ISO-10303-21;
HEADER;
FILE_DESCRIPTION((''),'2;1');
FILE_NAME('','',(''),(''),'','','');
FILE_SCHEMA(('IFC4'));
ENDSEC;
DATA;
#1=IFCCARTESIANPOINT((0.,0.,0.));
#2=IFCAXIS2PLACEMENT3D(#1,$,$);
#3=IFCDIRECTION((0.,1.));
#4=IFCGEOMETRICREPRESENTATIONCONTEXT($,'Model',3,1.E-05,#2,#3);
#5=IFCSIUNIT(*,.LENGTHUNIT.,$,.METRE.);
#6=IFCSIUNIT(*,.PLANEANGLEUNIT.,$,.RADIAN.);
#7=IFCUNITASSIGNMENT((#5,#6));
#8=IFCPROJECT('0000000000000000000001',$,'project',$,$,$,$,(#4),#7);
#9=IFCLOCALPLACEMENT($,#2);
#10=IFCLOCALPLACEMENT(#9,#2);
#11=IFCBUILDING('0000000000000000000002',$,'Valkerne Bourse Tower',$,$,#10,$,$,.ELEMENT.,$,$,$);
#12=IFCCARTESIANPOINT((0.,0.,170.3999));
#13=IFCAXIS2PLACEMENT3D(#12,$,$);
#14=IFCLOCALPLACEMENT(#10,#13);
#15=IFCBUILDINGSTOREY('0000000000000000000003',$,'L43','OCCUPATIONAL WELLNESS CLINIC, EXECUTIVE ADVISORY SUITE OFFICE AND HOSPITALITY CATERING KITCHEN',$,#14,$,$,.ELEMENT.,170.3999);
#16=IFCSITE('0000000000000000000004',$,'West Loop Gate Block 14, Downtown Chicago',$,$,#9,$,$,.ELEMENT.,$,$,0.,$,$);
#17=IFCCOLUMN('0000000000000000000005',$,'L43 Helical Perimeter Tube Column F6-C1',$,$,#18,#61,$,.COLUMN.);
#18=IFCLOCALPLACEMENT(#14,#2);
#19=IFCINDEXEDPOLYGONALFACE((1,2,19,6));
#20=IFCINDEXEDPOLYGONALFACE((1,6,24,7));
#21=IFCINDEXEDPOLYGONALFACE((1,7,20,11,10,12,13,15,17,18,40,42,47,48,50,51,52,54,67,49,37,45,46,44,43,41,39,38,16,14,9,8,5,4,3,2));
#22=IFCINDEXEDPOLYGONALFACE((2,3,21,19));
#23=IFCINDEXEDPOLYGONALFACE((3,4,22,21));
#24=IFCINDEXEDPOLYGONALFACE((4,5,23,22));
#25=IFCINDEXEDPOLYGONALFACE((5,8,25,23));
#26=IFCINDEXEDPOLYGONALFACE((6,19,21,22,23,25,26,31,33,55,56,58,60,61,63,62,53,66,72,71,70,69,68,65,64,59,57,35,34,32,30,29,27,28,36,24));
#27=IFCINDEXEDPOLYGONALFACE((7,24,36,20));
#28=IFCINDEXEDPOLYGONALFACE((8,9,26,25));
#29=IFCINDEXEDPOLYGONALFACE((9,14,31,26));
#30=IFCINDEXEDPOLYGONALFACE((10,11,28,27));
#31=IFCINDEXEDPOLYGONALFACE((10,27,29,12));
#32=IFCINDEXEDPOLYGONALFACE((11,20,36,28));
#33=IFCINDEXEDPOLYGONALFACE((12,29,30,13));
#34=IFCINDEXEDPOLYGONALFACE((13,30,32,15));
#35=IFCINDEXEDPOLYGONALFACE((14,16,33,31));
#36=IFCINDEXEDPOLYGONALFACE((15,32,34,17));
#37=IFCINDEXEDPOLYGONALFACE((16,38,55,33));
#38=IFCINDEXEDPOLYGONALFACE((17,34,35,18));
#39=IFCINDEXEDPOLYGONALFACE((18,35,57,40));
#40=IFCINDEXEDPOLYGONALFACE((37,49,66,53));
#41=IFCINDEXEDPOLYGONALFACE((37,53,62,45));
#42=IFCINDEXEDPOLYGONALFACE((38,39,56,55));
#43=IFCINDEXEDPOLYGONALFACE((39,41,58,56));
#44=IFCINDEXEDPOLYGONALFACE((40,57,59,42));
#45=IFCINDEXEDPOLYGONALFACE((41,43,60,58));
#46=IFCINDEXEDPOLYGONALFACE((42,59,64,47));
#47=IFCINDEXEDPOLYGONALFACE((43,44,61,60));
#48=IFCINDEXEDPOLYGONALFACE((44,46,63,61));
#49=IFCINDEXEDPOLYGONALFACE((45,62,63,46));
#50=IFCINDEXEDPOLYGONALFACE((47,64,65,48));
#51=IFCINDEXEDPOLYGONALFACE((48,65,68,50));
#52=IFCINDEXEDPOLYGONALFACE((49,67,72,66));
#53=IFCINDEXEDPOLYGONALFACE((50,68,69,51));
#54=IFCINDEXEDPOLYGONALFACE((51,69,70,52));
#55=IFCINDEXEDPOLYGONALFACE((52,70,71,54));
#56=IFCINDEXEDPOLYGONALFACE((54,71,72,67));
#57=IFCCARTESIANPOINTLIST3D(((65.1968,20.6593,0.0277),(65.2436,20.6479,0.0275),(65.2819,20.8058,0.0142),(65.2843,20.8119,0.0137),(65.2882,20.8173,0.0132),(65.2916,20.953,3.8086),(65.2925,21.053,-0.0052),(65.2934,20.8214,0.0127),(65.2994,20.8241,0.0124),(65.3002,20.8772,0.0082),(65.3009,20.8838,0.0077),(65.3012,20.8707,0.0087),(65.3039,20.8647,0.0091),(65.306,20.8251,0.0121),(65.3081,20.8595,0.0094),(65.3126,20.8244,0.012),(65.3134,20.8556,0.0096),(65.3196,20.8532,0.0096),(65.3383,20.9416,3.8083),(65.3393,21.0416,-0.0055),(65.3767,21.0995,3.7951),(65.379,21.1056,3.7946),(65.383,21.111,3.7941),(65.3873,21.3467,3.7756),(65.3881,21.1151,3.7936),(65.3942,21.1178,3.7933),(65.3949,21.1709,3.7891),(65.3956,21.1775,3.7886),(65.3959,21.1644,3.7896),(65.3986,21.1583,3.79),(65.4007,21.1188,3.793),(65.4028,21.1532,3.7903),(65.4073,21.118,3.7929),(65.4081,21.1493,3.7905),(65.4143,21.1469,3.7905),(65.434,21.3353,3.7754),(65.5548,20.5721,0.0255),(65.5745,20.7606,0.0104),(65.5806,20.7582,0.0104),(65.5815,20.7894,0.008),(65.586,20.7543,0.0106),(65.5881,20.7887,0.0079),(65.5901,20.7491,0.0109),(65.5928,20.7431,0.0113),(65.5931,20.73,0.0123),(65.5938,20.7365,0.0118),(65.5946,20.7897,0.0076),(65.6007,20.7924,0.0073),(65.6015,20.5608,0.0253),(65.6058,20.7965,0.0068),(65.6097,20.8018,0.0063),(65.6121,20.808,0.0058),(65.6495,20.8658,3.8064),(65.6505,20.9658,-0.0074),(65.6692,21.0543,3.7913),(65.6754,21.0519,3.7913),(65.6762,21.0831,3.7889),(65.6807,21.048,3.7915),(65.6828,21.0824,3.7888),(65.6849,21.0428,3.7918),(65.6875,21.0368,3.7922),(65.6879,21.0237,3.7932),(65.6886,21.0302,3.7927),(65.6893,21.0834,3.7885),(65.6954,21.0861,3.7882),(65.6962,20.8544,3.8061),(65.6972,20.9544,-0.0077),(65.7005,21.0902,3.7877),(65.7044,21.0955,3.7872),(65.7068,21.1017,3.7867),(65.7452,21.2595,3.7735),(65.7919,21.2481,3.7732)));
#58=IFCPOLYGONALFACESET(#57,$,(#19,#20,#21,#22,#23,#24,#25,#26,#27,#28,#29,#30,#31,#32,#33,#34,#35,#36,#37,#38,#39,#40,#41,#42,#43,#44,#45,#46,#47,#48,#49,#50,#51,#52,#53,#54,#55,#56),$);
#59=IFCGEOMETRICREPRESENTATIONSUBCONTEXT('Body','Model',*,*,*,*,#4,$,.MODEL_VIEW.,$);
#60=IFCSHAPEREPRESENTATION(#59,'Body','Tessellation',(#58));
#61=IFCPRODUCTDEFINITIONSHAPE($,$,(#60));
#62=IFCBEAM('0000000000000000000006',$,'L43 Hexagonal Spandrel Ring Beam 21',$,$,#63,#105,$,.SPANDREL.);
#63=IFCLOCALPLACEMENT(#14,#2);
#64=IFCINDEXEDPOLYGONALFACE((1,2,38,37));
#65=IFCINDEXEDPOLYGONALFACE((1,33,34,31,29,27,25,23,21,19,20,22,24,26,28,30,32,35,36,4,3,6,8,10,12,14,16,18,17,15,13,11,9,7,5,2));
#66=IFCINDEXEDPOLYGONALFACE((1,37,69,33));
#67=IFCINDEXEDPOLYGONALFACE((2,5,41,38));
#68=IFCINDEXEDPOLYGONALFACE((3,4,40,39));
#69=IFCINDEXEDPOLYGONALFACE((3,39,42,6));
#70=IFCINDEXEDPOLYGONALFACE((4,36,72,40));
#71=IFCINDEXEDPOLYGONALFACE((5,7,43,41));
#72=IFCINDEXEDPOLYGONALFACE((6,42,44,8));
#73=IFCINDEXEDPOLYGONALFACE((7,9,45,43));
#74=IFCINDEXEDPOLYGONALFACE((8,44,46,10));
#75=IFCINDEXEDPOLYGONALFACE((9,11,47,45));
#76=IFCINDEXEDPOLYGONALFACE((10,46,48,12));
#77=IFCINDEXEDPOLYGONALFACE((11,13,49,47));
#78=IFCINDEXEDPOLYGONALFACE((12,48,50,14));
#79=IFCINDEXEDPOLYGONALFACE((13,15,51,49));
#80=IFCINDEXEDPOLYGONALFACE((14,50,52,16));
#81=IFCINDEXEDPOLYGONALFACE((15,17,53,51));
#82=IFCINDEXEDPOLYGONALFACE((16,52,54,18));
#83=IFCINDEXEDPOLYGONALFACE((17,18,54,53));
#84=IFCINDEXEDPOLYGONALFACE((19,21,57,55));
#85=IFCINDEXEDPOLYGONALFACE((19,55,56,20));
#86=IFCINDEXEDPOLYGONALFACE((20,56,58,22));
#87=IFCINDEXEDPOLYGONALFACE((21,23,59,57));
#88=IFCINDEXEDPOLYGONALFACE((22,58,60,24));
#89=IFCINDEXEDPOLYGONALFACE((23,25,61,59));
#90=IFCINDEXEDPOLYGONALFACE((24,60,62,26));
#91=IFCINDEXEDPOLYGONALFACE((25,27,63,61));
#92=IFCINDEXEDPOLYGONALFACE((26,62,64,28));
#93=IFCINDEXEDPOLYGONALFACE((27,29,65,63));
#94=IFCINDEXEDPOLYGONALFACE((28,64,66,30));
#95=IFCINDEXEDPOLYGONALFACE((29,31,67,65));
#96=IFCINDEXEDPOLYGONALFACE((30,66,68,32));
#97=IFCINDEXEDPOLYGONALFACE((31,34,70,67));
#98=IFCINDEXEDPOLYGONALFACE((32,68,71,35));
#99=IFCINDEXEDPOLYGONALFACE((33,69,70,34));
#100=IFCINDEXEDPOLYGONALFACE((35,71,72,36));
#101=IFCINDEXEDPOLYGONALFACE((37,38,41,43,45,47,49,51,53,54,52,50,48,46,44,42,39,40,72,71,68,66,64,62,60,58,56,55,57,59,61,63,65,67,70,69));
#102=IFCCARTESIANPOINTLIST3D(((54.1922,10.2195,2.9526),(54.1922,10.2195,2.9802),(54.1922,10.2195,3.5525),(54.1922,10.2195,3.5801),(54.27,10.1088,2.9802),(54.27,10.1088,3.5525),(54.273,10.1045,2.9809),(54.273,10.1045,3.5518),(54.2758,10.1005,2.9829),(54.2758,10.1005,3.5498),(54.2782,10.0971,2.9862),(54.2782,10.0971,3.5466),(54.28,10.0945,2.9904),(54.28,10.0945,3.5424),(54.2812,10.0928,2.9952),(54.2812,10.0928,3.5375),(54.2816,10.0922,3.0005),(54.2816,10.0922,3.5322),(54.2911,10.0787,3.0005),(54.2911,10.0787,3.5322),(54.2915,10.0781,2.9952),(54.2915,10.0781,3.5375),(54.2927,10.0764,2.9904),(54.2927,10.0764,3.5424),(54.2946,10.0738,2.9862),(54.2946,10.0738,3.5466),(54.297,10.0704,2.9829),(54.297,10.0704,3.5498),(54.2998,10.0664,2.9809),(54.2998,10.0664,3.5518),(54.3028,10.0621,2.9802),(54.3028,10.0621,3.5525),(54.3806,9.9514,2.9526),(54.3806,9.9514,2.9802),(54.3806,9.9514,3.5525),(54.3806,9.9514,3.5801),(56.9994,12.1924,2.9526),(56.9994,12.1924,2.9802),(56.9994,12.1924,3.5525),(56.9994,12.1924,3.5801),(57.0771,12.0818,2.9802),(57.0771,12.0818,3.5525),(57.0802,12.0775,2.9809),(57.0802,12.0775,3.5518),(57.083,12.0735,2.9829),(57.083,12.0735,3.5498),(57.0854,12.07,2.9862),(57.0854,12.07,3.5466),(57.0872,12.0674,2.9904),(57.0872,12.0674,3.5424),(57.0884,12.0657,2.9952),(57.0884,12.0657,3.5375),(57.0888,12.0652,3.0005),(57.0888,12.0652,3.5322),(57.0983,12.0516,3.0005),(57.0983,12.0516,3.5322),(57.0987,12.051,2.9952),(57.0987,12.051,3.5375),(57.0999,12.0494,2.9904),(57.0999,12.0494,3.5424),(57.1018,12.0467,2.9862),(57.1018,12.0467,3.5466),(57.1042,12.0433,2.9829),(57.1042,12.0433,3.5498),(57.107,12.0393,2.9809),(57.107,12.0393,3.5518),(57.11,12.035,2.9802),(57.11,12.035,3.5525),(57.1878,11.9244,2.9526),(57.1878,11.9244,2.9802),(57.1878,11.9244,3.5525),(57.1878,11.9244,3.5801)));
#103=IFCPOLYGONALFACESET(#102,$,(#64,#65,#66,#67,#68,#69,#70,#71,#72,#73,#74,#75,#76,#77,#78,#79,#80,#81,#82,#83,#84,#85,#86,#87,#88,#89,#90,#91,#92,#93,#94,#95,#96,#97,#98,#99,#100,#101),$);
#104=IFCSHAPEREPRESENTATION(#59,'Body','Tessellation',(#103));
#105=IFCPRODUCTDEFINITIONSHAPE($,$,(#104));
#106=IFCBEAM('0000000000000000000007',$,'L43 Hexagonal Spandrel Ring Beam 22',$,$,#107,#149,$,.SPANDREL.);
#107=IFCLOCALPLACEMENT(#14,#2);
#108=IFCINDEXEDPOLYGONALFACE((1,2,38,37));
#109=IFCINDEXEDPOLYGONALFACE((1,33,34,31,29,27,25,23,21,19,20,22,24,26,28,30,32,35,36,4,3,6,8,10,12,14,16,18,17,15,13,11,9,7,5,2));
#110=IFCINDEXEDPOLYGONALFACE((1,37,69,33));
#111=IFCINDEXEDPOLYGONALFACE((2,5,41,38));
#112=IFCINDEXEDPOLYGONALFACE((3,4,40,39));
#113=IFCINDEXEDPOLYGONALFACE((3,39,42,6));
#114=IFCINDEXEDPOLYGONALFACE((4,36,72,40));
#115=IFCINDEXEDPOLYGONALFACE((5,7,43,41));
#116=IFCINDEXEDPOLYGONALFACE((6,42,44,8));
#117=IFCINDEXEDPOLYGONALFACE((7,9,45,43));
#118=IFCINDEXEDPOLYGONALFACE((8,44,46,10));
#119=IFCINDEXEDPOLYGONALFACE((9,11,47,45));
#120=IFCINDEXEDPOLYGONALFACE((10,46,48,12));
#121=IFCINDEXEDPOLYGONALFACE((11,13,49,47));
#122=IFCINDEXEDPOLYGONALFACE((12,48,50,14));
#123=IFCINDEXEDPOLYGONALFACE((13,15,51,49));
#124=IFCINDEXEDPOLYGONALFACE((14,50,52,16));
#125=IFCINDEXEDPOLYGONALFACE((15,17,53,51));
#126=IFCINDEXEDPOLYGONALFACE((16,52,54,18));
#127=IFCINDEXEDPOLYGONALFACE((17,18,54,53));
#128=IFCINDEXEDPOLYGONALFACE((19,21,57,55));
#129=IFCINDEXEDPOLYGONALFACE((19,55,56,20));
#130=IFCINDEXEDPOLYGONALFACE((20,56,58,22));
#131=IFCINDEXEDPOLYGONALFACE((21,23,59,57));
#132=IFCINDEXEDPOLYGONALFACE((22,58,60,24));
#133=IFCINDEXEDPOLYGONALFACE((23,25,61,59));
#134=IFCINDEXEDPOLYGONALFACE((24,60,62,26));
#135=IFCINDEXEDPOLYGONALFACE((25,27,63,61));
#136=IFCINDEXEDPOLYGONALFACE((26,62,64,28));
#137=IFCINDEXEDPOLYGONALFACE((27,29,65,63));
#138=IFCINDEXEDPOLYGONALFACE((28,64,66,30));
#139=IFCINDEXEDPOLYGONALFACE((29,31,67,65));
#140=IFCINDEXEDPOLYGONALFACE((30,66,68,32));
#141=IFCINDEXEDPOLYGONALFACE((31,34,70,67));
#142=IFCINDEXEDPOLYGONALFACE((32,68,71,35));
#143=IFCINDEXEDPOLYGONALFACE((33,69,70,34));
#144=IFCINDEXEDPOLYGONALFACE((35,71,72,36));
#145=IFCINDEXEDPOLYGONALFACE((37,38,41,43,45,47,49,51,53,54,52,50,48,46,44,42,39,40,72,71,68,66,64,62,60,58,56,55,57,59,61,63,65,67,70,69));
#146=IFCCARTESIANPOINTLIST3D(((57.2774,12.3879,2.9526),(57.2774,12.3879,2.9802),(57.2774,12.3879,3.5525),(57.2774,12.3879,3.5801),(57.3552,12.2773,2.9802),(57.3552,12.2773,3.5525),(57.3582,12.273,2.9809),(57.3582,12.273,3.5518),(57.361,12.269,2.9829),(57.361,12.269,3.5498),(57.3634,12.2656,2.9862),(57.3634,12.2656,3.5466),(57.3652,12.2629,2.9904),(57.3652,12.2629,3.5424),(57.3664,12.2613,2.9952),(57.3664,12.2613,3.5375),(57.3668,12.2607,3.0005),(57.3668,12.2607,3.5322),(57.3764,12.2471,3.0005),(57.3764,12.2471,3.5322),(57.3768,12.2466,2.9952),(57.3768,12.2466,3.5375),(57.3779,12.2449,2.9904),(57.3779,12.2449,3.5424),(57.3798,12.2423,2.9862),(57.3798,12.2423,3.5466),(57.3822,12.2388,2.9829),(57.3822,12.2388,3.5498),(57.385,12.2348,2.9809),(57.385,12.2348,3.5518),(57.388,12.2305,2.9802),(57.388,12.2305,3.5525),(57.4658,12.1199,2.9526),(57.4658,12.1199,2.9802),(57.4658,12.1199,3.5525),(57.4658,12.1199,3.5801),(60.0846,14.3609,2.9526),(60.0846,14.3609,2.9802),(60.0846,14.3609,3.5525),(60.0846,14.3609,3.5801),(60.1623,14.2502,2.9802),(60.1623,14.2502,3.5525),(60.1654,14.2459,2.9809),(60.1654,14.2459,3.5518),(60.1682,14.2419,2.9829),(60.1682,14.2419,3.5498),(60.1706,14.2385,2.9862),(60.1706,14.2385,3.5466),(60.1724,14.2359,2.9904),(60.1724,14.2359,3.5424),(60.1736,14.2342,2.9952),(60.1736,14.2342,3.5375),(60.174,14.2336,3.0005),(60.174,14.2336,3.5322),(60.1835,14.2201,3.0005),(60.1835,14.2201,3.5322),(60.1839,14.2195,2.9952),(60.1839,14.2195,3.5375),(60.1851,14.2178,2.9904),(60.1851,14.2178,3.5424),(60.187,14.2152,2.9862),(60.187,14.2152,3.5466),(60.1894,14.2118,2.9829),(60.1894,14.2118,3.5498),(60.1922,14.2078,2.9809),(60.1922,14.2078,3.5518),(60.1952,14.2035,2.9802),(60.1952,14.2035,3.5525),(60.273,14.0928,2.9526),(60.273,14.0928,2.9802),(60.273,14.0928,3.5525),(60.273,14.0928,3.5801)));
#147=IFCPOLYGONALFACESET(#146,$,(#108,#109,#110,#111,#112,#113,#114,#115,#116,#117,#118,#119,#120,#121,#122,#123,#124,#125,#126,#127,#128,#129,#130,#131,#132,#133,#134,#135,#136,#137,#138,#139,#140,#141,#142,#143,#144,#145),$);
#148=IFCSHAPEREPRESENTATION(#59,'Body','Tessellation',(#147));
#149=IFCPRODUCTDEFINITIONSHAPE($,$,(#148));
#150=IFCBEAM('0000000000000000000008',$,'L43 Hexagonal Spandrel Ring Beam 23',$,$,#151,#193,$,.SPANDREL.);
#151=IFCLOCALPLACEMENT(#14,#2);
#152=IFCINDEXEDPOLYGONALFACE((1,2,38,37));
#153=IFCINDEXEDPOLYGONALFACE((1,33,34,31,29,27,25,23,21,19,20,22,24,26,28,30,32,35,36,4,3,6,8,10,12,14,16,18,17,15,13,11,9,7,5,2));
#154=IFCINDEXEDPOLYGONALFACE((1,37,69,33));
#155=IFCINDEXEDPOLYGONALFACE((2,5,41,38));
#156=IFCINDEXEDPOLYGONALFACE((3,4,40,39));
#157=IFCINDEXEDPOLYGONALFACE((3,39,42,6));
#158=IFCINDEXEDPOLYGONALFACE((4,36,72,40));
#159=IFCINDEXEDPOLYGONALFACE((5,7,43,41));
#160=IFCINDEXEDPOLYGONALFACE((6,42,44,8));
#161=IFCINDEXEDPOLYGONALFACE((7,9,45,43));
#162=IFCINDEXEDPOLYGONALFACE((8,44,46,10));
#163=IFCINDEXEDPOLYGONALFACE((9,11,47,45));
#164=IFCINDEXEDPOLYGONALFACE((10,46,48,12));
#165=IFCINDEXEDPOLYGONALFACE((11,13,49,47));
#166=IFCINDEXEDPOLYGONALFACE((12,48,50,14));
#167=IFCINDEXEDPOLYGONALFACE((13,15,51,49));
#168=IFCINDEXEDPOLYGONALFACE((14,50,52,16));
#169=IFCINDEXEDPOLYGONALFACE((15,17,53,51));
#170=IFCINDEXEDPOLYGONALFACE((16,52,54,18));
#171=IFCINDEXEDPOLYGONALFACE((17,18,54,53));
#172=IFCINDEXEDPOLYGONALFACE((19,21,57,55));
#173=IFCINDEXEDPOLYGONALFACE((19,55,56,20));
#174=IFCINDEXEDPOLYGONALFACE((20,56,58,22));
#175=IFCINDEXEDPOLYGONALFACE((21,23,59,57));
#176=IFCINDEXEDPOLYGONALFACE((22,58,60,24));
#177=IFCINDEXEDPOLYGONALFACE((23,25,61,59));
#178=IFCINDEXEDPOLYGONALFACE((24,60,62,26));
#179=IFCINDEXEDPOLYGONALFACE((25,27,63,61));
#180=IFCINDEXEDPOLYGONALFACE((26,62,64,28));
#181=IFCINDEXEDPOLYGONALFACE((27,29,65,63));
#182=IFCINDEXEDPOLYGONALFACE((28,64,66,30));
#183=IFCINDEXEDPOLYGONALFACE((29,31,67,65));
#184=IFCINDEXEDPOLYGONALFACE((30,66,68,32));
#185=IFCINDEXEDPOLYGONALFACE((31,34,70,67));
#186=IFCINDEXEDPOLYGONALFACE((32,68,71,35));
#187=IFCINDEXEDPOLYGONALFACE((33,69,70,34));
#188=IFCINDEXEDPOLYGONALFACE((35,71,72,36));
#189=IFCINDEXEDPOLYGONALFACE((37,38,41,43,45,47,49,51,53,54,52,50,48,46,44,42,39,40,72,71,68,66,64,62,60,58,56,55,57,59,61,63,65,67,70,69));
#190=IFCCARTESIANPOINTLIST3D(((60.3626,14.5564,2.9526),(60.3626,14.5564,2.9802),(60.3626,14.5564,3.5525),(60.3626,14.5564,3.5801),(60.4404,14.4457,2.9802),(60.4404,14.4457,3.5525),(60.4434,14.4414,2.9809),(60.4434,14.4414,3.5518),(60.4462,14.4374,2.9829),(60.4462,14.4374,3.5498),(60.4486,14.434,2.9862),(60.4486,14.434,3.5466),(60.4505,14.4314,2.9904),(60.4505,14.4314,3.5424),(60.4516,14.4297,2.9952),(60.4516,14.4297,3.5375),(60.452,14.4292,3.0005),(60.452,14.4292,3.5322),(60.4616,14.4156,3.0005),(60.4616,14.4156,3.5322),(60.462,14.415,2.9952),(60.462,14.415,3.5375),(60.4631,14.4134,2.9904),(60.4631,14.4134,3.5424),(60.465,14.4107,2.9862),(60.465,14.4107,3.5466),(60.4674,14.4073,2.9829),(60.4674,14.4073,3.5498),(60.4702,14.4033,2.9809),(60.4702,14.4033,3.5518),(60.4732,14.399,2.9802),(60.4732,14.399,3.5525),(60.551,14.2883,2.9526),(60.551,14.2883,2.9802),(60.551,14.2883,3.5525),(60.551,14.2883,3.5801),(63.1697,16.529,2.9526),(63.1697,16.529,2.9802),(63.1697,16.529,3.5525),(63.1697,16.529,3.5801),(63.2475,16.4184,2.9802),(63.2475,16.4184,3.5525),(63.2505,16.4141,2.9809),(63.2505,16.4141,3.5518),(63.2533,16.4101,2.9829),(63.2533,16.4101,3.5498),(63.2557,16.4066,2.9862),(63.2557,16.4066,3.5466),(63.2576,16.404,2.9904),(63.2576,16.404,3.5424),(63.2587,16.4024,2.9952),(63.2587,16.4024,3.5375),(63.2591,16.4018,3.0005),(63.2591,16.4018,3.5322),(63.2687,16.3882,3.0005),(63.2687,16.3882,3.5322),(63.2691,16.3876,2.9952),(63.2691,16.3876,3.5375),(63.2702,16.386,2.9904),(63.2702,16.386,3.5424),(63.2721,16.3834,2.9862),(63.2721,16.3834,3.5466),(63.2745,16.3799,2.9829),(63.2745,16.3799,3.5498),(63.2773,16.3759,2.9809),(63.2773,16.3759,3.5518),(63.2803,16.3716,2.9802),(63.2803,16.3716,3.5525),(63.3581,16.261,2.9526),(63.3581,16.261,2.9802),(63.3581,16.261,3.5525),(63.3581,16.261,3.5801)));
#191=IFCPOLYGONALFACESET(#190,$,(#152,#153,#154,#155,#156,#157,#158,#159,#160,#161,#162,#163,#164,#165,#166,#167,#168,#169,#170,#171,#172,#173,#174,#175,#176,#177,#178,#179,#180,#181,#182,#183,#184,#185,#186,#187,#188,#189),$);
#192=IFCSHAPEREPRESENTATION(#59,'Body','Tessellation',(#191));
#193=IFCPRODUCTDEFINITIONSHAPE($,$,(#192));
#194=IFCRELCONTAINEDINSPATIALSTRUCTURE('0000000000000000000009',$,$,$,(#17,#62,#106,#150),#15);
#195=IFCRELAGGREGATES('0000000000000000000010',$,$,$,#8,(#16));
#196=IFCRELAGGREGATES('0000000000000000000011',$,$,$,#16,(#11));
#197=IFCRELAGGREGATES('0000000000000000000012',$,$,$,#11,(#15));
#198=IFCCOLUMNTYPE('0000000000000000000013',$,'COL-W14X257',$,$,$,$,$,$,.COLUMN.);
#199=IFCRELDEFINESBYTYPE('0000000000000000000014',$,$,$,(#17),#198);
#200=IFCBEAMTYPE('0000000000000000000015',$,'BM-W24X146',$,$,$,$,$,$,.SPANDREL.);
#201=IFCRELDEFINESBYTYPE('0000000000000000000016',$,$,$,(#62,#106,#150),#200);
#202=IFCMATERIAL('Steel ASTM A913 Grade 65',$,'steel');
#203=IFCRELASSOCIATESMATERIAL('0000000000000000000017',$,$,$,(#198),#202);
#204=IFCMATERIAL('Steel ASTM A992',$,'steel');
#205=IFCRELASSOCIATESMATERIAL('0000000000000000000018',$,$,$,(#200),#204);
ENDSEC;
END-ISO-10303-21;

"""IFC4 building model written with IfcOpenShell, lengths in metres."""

from ifc_helpers import new_model, si_unit, direction, frame, origin, origin_2d, place, context, subcontext, project, spatial, i_section, extrude, material, material_profile, profile_set, type_object, element, save


model = new_model("IFC4")

# Units and contexts
model_context = context("Model", 3, precision=1e-05, world=origin(), true_north=direction((0.0, 1.0)))
body_context = subcontext(model_context, "Body", "Model", "MODEL_VIEW")
ifc_project = project(units=[si_unit("LENGTHUNIT", "METRE"), si_unit("PLANEANGLEUNIT", "RADIAN")], contexts=[model_context])

# Site, building, storey
site_placement = place(None, origin())
site = spatial("IfcSite", under=ifc_project, at=site_placement, Name="West Loop Gate Block 14, Downtown Chicago", CompositionType="ELEMENT", RefElevation=0.0)
building_placement = place(site_placement, origin())
building = spatial("IfcBuilding", under=site, at=building_placement, Name="Valkerne Bourse Tower", CompositionType="ELEMENT")
storey_placement = place(building_placement, frame((0.0, 0.0, 170.3999)))
storey = spatial("IfcBuildingStorey", under=building, at=storey_placement, Name="L43", Description="OCCUPATIONAL WELLNESS CLINIC, EXECUTIVE ADVISORY SUITE OFFICE AND HOSPITALITY CATERING KITCHEN", CompositionType="ELEMENT", Elevation=170.3999)

# Column
ifc_material_1 = material(Name="Steel ASTM A913 Grade 65", Category="steel")
ifc_material_profile_1 = material_profile(ifc_material_1, i_section(OverallWidth=0.4065, OverallDepth=0.4165, WebThickness=0.0298, FlangeThickness=0.0481, FilletRadius=0.0254, at=origin_2d()), Name="W14X257")
ifc_profile_set_1 = profile_set([ifc_material_profile_1], Name="Steel ASTM A913 Grade 65")
column_type = type_object("IfcColumnType", Name="COL-W14X257", PredefinedType="COLUMN", material=ifc_profile_set_1)
column_1_placement = place(storey_placement, frame((65.447, 20.8069, 0.01), z_axis=(0.02497, 0.077421, 0.996686), x_axis=(-0.235415, -0.968503, 0.081129)))
element("IfcColumn", 1, at=column_1_placement, inside=storey, type_object=column_type, Name="L43 Helical Perimeter Tube Column F6-C1", PredefinedType="COLUMN", context=body_context, shape_type="SweptSolid", body=[
    extrude(i_section(OverallWidth=0.4065, OverallDepth=0.4165, WebThickness=0.0298, FlangeThickness=0.0481, FilletRadius=0.0254, at=origin_2d()), origin(), (0.0, 0.0, 1.0), 3.7935),
])

# Beams
ifc_material_2 = material(Name="Steel ASTM A992", Category="steel")
ifc_material_profile_2 = material_profile(ifc_material_2, i_section(OverallWidth=0.3276, OverallDepth=0.6274, WebThickness=0.0166, FlangeThickness=0.0276, FilletRadius=0.0203, at=origin_2d()), Name="W24X146")
ifc_profile_set_2 = profile_set([ifc_material_profile_2], Name="Steel ASTM A992")
beam_type = type_object("IfcBeamType", Name="BM-W24X146", PredefinedType="SPANDREL", material=ifc_profile_set_2)
for number, where, z_axis, x_axis, name in (
    (2, (54.2864, 10.0854, 3.2664), (0.818147, 0.575009, 0.0), (-0.575009, 0.818147, 0.0), "L43 Hexagonal Spandrel Ring Beam 21"),
    (3, (57.3716, 12.2539, 3.2664), (0.818147, 0.575009, 0.0), (-0.575009, 0.818147, 0.0), "L43 Hexagonal Spandrel Ring Beam 22"),
):
    element("IfcBeam", number, at=place(storey_placement, frame(where, z_axis=z_axis, x_axis=x_axis)), inside=storey, type_object=beam_type, Name=name, PredefinedType="SPANDREL", context=body_context, shape_type="SweptSolid", body=[
        extrude(i_section(OverallWidth=0.3276, OverallDepth=0.6274, WebThickness=0.0166, FlangeThickness=0.0276, FilletRadius=0.0203, at=origin_2d()), origin(), (0.0, 0.0, 1.0), 3.4312),
    ])
beam_1_placement = place(storey_placement, frame((60.4568, 14.4224, 3.2664), z_axis=(0.818181, 0.574961, 0.0), x_axis=(-0.574961, 0.818181, 0.0)))
element("IfcBeam", 4, at=beam_1_placement, inside=storey, type_object=beam_type, Name="L43 Hexagonal Spandrel Ring Beam 23", PredefinedType="SPANDREL", context=body_context, shape_type="SweptSolid", body=[
    extrude(i_section(OverallWidth=0.3276, OverallDepth=0.6274, WebThickness=0.0166, FlangeThickness=0.0276, FilletRadius=0.0203, at=origin_2d()), origin(), (0.0, 0.0, 1.0), 3.4309),
])

save(model, "model.ifc")
